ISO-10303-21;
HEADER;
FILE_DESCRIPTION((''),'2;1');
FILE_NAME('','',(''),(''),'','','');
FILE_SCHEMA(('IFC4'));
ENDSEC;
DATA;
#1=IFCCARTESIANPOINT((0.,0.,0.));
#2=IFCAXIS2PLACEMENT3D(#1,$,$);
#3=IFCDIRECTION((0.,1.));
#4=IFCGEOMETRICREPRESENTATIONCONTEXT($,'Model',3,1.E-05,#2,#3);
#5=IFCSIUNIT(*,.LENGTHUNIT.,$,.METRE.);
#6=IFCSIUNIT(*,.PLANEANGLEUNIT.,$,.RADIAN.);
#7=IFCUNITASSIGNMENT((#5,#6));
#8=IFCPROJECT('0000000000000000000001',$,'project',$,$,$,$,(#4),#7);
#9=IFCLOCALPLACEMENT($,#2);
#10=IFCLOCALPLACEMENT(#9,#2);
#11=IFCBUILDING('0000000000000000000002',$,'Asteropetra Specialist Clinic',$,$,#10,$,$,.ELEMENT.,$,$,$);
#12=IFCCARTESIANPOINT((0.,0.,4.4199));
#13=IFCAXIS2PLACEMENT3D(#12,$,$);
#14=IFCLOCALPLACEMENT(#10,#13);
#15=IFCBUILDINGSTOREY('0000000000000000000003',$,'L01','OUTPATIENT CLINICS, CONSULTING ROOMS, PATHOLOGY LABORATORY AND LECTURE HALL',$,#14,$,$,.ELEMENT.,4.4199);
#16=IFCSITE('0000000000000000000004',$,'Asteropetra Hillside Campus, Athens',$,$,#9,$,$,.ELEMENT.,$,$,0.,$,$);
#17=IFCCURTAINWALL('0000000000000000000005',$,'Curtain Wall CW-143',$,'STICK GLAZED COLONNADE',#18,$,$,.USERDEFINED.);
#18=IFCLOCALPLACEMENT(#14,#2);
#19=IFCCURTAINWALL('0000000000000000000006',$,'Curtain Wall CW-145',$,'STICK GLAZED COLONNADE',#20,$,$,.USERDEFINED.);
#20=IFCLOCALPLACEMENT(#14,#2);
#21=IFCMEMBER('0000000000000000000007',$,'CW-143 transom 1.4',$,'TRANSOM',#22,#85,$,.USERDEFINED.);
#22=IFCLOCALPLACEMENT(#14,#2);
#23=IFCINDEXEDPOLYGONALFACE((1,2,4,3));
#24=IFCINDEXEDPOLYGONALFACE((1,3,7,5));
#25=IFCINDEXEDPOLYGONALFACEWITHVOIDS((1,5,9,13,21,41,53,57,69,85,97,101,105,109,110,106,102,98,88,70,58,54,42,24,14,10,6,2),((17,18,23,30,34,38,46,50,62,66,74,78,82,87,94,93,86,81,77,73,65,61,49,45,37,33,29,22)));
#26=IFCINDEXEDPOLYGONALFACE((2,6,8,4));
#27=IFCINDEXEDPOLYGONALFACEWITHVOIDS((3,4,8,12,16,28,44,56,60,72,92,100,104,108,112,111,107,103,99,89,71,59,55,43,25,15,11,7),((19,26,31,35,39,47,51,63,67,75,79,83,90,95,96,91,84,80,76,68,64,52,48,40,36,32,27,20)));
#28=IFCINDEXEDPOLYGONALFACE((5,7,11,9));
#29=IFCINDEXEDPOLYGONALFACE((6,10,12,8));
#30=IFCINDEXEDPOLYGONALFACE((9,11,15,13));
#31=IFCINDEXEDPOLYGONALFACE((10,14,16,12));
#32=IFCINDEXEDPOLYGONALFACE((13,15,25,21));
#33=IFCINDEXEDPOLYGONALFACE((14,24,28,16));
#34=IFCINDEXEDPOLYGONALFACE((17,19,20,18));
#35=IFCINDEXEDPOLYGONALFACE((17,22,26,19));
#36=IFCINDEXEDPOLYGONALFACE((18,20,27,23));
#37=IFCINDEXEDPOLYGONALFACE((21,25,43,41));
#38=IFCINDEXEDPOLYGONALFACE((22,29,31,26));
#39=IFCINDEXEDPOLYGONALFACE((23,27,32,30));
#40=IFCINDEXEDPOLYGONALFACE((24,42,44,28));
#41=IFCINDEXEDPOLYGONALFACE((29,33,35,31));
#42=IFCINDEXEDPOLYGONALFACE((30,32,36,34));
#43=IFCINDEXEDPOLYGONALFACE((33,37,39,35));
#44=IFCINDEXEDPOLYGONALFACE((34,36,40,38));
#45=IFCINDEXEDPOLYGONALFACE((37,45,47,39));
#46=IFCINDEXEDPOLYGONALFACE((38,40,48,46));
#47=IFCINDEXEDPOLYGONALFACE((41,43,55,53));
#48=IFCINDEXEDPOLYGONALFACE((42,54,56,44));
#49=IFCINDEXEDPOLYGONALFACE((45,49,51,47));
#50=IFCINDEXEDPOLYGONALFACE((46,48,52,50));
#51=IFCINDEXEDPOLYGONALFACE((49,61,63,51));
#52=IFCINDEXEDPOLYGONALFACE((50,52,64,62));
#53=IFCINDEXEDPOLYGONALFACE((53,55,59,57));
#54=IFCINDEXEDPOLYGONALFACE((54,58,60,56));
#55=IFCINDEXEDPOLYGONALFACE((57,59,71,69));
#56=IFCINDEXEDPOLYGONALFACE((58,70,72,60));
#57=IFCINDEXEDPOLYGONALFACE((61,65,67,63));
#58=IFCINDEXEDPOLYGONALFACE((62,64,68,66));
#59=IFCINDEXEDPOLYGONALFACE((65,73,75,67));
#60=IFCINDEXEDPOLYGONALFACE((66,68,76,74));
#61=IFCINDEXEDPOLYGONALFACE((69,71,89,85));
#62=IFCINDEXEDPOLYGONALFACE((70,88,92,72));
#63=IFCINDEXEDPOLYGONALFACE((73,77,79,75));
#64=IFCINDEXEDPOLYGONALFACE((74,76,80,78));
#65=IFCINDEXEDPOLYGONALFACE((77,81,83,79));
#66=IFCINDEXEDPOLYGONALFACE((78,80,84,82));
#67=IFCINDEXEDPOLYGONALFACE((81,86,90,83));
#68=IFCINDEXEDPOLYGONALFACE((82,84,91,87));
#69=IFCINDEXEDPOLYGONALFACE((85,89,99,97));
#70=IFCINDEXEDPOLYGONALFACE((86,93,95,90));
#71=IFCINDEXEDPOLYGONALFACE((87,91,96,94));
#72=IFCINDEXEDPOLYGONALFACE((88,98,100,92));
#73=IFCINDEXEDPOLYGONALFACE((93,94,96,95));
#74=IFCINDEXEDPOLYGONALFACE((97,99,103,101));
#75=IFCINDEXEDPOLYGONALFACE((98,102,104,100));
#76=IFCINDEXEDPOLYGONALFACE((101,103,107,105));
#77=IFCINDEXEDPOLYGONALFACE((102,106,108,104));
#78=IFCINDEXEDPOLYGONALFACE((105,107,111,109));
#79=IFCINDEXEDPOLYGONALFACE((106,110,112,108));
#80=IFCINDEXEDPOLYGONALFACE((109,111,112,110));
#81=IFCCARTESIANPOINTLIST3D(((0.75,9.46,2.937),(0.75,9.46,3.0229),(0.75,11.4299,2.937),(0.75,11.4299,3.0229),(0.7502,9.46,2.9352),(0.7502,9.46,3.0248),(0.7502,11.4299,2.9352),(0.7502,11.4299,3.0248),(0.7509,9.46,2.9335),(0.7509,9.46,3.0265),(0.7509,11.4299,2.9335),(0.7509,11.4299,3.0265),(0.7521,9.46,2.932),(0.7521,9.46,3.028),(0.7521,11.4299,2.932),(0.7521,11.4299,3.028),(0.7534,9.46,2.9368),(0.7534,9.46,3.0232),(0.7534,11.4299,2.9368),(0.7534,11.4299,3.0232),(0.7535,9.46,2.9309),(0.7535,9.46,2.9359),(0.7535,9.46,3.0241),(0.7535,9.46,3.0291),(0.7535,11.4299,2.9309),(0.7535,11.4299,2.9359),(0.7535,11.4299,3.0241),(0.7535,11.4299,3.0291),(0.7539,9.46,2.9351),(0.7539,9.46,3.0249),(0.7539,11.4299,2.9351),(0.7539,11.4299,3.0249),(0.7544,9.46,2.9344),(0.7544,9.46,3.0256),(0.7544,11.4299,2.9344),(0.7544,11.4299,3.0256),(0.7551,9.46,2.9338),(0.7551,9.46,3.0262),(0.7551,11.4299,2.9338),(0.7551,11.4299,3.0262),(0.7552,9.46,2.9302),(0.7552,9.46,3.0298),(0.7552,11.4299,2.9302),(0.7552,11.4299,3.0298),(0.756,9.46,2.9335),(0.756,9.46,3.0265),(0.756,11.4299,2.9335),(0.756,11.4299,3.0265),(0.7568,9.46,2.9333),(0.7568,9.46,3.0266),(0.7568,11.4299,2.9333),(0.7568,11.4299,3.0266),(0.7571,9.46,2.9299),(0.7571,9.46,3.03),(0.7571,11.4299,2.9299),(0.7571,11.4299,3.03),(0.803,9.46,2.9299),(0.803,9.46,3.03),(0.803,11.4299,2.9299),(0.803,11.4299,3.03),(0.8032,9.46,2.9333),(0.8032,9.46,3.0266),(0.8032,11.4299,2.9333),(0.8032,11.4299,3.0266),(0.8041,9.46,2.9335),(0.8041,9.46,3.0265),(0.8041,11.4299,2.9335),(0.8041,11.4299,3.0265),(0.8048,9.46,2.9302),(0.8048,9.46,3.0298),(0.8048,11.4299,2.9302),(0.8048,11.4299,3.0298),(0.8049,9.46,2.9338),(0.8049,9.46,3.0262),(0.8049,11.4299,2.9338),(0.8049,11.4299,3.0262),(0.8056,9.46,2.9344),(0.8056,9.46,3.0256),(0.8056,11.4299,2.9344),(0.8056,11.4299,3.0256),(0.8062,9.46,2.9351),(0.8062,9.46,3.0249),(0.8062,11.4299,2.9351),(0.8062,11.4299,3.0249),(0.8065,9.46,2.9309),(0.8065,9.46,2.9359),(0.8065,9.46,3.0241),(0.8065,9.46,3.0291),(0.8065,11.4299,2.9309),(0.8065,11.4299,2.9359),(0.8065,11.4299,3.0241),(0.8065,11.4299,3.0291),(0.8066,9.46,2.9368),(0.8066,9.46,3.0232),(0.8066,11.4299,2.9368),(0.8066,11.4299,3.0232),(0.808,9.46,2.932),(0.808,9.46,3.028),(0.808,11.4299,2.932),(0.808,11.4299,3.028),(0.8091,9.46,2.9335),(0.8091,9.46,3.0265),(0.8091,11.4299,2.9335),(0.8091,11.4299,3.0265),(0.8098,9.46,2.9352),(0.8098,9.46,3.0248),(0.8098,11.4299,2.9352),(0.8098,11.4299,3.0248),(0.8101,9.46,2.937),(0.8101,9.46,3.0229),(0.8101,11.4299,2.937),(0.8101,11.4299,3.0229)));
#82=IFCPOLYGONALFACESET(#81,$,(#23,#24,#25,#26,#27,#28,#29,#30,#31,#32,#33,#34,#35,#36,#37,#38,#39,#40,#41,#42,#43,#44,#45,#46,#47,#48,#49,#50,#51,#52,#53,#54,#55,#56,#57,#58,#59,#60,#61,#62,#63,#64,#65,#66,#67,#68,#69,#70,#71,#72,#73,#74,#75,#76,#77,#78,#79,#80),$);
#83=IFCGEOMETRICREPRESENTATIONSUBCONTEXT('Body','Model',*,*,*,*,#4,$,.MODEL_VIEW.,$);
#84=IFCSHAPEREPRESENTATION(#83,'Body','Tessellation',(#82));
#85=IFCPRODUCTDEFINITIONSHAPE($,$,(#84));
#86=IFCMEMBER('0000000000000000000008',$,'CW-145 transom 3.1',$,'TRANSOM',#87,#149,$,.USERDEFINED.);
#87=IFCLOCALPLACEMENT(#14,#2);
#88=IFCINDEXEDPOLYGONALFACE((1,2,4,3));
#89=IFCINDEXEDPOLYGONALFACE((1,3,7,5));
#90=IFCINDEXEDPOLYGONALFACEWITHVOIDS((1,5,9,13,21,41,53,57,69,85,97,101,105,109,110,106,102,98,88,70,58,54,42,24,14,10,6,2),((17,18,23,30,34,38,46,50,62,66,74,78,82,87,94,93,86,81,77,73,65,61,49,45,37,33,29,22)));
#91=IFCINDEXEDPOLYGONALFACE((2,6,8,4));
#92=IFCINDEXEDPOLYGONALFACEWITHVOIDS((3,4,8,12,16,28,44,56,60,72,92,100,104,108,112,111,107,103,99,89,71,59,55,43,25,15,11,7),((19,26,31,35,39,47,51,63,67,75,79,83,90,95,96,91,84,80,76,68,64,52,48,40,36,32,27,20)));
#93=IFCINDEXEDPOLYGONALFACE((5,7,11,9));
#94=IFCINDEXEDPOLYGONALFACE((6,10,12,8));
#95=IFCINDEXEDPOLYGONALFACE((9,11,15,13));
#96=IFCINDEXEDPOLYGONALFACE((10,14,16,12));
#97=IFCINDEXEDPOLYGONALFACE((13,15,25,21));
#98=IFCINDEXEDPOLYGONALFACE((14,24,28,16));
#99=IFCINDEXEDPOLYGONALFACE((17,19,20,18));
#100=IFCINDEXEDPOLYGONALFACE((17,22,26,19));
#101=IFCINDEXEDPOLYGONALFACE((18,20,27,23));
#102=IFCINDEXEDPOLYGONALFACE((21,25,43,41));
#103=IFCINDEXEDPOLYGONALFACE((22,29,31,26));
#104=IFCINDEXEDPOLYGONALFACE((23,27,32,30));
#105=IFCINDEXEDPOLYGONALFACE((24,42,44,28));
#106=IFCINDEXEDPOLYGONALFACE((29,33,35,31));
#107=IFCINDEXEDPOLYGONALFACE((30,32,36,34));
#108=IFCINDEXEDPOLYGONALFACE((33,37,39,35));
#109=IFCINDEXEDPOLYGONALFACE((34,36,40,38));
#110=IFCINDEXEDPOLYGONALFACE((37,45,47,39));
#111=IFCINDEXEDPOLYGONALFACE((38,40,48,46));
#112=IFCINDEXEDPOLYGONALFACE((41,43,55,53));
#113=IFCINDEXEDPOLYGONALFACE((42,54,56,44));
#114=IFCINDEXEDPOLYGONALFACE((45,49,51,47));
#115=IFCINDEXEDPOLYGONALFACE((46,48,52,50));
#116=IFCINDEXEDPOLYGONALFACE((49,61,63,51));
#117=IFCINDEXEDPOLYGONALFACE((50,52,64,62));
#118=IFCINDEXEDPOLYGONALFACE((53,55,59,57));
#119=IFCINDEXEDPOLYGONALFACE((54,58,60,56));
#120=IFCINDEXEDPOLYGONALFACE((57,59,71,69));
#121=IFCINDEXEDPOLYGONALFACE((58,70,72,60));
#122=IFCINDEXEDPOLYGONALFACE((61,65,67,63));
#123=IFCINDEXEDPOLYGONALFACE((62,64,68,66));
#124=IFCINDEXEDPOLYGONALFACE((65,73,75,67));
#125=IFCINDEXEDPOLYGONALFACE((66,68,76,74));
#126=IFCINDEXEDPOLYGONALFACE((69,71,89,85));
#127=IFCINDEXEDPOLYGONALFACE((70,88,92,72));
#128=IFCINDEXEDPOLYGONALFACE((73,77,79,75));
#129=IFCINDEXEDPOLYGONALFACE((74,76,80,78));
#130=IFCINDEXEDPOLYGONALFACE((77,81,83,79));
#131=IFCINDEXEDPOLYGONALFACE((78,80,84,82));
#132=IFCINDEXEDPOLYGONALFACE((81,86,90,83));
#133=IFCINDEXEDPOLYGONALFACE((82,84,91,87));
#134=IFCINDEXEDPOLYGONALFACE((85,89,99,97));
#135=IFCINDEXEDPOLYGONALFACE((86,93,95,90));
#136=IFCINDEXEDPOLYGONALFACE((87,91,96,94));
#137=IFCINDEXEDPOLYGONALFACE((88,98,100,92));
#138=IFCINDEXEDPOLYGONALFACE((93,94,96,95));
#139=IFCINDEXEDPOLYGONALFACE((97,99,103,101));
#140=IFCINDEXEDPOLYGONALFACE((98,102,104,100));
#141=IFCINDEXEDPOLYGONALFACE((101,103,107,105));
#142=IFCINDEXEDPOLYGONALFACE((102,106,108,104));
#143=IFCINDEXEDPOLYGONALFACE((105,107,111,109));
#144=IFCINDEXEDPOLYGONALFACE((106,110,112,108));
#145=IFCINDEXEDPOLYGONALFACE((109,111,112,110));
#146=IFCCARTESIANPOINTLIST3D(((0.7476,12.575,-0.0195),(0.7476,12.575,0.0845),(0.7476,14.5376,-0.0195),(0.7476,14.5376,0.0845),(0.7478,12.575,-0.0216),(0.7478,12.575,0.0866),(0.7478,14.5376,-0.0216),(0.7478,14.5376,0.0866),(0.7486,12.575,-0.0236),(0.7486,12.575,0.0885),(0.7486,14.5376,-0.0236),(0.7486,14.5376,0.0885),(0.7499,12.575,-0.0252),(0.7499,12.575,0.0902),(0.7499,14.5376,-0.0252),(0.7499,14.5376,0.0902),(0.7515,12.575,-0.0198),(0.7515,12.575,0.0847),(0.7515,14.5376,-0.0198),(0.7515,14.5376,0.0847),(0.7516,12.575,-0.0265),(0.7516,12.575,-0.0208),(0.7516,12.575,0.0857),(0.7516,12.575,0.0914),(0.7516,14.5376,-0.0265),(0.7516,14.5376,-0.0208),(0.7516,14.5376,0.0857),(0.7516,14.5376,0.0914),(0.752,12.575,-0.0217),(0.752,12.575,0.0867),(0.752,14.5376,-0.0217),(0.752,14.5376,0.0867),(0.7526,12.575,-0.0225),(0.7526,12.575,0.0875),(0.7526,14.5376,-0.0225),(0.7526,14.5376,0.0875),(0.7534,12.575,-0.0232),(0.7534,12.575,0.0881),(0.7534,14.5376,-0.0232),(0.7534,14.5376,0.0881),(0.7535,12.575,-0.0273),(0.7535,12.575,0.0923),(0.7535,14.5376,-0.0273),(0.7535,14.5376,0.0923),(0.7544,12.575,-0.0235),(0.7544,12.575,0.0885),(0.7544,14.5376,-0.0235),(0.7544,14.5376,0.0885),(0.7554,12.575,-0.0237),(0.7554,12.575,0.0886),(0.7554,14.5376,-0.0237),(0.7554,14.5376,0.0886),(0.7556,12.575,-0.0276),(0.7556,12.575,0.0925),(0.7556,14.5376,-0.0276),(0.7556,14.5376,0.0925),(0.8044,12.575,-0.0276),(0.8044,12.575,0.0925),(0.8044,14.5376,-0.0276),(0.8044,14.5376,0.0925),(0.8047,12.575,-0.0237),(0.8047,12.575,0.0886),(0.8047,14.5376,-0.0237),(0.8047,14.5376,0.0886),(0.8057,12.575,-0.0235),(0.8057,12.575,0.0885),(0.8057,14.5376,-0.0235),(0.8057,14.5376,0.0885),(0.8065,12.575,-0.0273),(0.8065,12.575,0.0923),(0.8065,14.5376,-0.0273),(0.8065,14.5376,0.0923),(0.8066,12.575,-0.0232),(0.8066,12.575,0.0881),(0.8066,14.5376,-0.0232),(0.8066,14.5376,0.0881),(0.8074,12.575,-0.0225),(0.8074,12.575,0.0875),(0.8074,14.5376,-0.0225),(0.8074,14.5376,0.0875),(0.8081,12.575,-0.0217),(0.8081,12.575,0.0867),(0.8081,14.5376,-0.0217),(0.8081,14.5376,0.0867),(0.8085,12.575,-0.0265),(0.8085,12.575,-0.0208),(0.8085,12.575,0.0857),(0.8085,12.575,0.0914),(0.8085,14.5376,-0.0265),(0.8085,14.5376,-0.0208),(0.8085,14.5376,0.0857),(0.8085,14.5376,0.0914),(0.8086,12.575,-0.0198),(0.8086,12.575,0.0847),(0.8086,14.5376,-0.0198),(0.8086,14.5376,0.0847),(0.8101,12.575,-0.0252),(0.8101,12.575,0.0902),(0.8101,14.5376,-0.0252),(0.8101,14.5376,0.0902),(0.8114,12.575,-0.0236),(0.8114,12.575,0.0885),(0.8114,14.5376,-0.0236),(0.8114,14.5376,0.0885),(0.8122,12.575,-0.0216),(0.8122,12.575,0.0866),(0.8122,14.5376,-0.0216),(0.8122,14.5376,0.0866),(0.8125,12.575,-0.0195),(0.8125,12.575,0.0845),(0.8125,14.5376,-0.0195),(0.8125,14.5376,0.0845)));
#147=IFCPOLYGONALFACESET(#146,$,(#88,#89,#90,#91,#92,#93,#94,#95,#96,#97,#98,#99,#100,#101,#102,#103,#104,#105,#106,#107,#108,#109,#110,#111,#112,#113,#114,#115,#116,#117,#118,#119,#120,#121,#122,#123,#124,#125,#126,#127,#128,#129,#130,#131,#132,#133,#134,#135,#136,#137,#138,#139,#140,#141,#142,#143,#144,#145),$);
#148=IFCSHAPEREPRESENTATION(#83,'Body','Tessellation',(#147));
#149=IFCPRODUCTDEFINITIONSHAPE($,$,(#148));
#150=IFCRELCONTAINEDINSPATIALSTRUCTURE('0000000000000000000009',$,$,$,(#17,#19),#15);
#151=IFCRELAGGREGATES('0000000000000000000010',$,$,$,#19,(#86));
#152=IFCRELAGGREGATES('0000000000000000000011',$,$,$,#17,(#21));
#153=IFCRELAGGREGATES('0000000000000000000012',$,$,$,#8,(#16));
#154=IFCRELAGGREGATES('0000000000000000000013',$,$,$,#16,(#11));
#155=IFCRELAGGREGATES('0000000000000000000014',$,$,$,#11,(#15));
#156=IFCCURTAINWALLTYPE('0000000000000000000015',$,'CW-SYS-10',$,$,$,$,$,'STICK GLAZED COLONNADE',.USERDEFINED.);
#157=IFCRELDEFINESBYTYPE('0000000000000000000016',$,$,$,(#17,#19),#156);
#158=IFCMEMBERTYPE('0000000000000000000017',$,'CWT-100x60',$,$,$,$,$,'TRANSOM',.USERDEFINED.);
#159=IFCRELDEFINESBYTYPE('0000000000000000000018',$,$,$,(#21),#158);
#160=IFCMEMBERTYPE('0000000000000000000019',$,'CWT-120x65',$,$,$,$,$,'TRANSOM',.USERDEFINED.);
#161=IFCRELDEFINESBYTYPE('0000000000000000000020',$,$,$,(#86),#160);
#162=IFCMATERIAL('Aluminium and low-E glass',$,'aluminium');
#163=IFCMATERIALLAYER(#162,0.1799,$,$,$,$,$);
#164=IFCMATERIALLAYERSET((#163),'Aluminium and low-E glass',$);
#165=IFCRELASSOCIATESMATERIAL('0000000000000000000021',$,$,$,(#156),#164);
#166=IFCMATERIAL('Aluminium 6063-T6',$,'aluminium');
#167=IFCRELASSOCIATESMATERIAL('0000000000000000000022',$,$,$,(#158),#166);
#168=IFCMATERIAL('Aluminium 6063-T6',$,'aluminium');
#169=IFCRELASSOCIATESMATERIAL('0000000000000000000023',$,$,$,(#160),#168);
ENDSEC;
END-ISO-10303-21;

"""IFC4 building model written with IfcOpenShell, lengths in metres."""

from ifc_helpers import new_model, si_unit, direction, frame, origin, origin_2d, place, context, subcontext, project, spatial, hollow_rectangle, extrude, material, layer, layer_set, material_profile, profile_set, type_object, element, aggregate, save


model = new_model("IFC4")

# Units and contexts
model_context = context("Model", 3, precision=1e-05, world=origin(), true_north=direction((0.0, 1.0)))
body_context = subcontext(model_context, "Body", "Model", "MODEL_VIEW")
ifc_project = project(units=[si_unit("LENGTHUNIT", "METRE"), si_unit("PLANEANGLEUNIT", "RADIAN")], contexts=[model_context])

# Site, building, storey
site_placement = place(None, origin())
site = spatial("IfcSite", under=ifc_project, at=site_placement, Name="Asteropetra Hillside Campus, Athens", CompositionType="ELEMENT", RefElevation=0.0)
building_placement = place(site_placement, origin())
building = spatial("IfcBuilding", under=site, at=building_placement, Name="Asteropetra Specialist Clinic", CompositionType="ELEMENT")
storey_placement = place(building_placement, frame((0.0, 0.0, 4.4199)))
storey = spatial("IfcBuildingStorey", under=building, at=storey_placement, Name="L01", Description="OUTPATIENT CLINICS, CONSULTING ROOMS, PATHOLOGY LABORATORY AND LECTURE HALL", CompositionType="ELEMENT", Elevation=4.4199)

# Curtain walls
ifc_material_1 = material(Name="Aluminium and low-E glass", Category="aluminium")
ifc_layer_1 = layer(ifc_material_1, 0.1799)
ifc_layer_set_1 = layer_set([ifc_layer_1], Name="Aluminium and low-E glass")
curtain_wall_type = type_object("IfcCurtainWallType", Name="CW-SYS-10", ElementType="STICK GLAZED COLONNADE", PredefinedType="USERDEFINED", material=ifc_layer_set_1)
curtain_wall_1_placement = place(storey_placement, origin())
curtain_wall_1 = element("IfcCurtainWall", 1, at=curtain_wall_1_placement, inside=storey, type_object=curtain_wall_type, Name="Curtain Wall CW-143", ObjectType="STICK GLAZED COLONNADE", PredefinedType="USERDEFINED")
curtain_wall_2_placement = place(storey_placement, origin())
curtain_wall_2 = element("IfcCurtainWall", 2, at=curtain_wall_2_placement, inside=storey, type_object=curtain_wall_type, Name="Curtain Wall CW-145", ObjectType="STICK GLAZED COLONNADE", PredefinedType="USERDEFINED")

# Members
ifc_material_2 = material(Name="Aluminium 6063-T6", Category="aluminium")
ifc_material_profile_1 = material_profile(ifc_material_2, hollow_rectangle(XDim=0.0601, YDim=0.1001, WallThickness=0.0034, InnerFilletRadius=0.0034, OuterFilletRadius=0.0071, at=origin_2d()), Name="TRN 100x60x3.5")
ifc_profile_set_1 = profile_set([ifc_material_profile_1], Name="Aluminium 6063-T6")
member_type_1 = type_object("IfcMemberType", Name="CWT-100x60", ElementType="TRANSOM", PredefinedType="USERDEFINED", material=ifc_profile_set_1)
member_1_placement = place(storey_placement, frame((0.78, 11.4299, 2.98), z_axis=(0.0, -1.0, 0.0), x_axis=(1.0, 0.0, 0.0)))
member_1 = element("IfcMember", 3, at=member_1_placement, type_object=member_type_1, Name="CW-143 transom 1.4", ObjectType="TRANSOM", PredefinedType="USERDEFINED", context=body_context, shape_type="SweptSolid", body=[
    extrude(hollow_rectangle(XDim=0.0601, YDim=0.1001, WallThickness=0.0034, InnerFilletRadius=0.0034, OuterFilletRadius=0.0071, at=origin_2d()), origin(), (0.0, 0.0, 1.0), 1.97),
])
ifc_material_3 = material(Name="Aluminium 6063-T6", Category="aluminium")
ifc_material_profile_2 = material_profile(ifc_material_3, hollow_rectangle(XDim=0.0649, YDim=0.1201, WallThickness=0.0039, InnerFilletRadius=0.0039, OuterFilletRadius=0.0081, at=origin_2d()), Name="TRN 120x65x4.0")
ifc_profile_set_2 = profile_set([ifc_material_profile_2], Name="Aluminium 6063-T6")
member_type_2 = type_object("IfcMemberType", Name="CWT-120x65", ElementType="TRANSOM", PredefinedType="USERDEFINED", material=ifc_profile_set_2)
member_2_placement = place(storey_placement, frame((0.78, 14.5376, 0.0325), z_axis=(0.0, -1.0, 0.0), x_axis=(1.0, 0.0, 0.0)))
member_2 = element("IfcMember", 4, at=member_2_placement, type_object=member_type_2, Name="CW-145 transom 3.1", ObjectType="TRANSOM", PredefinedType="USERDEFINED", context=body_context, shape_type="SweptSolid", body=[
    extrude(hollow_rectangle(XDim=0.0649, YDim=0.1201, WallThickness=0.0039, InnerFilletRadius=0.0039, OuterFilletRadius=0.0081, at=origin_2d()), origin(), (0.0, 0.0, 1.0), 1.9626),
])

aggregate(curtain_wall_2, [member_2])
aggregate(curtain_wall_1, [member_1])

save(model, "model.ifc")
